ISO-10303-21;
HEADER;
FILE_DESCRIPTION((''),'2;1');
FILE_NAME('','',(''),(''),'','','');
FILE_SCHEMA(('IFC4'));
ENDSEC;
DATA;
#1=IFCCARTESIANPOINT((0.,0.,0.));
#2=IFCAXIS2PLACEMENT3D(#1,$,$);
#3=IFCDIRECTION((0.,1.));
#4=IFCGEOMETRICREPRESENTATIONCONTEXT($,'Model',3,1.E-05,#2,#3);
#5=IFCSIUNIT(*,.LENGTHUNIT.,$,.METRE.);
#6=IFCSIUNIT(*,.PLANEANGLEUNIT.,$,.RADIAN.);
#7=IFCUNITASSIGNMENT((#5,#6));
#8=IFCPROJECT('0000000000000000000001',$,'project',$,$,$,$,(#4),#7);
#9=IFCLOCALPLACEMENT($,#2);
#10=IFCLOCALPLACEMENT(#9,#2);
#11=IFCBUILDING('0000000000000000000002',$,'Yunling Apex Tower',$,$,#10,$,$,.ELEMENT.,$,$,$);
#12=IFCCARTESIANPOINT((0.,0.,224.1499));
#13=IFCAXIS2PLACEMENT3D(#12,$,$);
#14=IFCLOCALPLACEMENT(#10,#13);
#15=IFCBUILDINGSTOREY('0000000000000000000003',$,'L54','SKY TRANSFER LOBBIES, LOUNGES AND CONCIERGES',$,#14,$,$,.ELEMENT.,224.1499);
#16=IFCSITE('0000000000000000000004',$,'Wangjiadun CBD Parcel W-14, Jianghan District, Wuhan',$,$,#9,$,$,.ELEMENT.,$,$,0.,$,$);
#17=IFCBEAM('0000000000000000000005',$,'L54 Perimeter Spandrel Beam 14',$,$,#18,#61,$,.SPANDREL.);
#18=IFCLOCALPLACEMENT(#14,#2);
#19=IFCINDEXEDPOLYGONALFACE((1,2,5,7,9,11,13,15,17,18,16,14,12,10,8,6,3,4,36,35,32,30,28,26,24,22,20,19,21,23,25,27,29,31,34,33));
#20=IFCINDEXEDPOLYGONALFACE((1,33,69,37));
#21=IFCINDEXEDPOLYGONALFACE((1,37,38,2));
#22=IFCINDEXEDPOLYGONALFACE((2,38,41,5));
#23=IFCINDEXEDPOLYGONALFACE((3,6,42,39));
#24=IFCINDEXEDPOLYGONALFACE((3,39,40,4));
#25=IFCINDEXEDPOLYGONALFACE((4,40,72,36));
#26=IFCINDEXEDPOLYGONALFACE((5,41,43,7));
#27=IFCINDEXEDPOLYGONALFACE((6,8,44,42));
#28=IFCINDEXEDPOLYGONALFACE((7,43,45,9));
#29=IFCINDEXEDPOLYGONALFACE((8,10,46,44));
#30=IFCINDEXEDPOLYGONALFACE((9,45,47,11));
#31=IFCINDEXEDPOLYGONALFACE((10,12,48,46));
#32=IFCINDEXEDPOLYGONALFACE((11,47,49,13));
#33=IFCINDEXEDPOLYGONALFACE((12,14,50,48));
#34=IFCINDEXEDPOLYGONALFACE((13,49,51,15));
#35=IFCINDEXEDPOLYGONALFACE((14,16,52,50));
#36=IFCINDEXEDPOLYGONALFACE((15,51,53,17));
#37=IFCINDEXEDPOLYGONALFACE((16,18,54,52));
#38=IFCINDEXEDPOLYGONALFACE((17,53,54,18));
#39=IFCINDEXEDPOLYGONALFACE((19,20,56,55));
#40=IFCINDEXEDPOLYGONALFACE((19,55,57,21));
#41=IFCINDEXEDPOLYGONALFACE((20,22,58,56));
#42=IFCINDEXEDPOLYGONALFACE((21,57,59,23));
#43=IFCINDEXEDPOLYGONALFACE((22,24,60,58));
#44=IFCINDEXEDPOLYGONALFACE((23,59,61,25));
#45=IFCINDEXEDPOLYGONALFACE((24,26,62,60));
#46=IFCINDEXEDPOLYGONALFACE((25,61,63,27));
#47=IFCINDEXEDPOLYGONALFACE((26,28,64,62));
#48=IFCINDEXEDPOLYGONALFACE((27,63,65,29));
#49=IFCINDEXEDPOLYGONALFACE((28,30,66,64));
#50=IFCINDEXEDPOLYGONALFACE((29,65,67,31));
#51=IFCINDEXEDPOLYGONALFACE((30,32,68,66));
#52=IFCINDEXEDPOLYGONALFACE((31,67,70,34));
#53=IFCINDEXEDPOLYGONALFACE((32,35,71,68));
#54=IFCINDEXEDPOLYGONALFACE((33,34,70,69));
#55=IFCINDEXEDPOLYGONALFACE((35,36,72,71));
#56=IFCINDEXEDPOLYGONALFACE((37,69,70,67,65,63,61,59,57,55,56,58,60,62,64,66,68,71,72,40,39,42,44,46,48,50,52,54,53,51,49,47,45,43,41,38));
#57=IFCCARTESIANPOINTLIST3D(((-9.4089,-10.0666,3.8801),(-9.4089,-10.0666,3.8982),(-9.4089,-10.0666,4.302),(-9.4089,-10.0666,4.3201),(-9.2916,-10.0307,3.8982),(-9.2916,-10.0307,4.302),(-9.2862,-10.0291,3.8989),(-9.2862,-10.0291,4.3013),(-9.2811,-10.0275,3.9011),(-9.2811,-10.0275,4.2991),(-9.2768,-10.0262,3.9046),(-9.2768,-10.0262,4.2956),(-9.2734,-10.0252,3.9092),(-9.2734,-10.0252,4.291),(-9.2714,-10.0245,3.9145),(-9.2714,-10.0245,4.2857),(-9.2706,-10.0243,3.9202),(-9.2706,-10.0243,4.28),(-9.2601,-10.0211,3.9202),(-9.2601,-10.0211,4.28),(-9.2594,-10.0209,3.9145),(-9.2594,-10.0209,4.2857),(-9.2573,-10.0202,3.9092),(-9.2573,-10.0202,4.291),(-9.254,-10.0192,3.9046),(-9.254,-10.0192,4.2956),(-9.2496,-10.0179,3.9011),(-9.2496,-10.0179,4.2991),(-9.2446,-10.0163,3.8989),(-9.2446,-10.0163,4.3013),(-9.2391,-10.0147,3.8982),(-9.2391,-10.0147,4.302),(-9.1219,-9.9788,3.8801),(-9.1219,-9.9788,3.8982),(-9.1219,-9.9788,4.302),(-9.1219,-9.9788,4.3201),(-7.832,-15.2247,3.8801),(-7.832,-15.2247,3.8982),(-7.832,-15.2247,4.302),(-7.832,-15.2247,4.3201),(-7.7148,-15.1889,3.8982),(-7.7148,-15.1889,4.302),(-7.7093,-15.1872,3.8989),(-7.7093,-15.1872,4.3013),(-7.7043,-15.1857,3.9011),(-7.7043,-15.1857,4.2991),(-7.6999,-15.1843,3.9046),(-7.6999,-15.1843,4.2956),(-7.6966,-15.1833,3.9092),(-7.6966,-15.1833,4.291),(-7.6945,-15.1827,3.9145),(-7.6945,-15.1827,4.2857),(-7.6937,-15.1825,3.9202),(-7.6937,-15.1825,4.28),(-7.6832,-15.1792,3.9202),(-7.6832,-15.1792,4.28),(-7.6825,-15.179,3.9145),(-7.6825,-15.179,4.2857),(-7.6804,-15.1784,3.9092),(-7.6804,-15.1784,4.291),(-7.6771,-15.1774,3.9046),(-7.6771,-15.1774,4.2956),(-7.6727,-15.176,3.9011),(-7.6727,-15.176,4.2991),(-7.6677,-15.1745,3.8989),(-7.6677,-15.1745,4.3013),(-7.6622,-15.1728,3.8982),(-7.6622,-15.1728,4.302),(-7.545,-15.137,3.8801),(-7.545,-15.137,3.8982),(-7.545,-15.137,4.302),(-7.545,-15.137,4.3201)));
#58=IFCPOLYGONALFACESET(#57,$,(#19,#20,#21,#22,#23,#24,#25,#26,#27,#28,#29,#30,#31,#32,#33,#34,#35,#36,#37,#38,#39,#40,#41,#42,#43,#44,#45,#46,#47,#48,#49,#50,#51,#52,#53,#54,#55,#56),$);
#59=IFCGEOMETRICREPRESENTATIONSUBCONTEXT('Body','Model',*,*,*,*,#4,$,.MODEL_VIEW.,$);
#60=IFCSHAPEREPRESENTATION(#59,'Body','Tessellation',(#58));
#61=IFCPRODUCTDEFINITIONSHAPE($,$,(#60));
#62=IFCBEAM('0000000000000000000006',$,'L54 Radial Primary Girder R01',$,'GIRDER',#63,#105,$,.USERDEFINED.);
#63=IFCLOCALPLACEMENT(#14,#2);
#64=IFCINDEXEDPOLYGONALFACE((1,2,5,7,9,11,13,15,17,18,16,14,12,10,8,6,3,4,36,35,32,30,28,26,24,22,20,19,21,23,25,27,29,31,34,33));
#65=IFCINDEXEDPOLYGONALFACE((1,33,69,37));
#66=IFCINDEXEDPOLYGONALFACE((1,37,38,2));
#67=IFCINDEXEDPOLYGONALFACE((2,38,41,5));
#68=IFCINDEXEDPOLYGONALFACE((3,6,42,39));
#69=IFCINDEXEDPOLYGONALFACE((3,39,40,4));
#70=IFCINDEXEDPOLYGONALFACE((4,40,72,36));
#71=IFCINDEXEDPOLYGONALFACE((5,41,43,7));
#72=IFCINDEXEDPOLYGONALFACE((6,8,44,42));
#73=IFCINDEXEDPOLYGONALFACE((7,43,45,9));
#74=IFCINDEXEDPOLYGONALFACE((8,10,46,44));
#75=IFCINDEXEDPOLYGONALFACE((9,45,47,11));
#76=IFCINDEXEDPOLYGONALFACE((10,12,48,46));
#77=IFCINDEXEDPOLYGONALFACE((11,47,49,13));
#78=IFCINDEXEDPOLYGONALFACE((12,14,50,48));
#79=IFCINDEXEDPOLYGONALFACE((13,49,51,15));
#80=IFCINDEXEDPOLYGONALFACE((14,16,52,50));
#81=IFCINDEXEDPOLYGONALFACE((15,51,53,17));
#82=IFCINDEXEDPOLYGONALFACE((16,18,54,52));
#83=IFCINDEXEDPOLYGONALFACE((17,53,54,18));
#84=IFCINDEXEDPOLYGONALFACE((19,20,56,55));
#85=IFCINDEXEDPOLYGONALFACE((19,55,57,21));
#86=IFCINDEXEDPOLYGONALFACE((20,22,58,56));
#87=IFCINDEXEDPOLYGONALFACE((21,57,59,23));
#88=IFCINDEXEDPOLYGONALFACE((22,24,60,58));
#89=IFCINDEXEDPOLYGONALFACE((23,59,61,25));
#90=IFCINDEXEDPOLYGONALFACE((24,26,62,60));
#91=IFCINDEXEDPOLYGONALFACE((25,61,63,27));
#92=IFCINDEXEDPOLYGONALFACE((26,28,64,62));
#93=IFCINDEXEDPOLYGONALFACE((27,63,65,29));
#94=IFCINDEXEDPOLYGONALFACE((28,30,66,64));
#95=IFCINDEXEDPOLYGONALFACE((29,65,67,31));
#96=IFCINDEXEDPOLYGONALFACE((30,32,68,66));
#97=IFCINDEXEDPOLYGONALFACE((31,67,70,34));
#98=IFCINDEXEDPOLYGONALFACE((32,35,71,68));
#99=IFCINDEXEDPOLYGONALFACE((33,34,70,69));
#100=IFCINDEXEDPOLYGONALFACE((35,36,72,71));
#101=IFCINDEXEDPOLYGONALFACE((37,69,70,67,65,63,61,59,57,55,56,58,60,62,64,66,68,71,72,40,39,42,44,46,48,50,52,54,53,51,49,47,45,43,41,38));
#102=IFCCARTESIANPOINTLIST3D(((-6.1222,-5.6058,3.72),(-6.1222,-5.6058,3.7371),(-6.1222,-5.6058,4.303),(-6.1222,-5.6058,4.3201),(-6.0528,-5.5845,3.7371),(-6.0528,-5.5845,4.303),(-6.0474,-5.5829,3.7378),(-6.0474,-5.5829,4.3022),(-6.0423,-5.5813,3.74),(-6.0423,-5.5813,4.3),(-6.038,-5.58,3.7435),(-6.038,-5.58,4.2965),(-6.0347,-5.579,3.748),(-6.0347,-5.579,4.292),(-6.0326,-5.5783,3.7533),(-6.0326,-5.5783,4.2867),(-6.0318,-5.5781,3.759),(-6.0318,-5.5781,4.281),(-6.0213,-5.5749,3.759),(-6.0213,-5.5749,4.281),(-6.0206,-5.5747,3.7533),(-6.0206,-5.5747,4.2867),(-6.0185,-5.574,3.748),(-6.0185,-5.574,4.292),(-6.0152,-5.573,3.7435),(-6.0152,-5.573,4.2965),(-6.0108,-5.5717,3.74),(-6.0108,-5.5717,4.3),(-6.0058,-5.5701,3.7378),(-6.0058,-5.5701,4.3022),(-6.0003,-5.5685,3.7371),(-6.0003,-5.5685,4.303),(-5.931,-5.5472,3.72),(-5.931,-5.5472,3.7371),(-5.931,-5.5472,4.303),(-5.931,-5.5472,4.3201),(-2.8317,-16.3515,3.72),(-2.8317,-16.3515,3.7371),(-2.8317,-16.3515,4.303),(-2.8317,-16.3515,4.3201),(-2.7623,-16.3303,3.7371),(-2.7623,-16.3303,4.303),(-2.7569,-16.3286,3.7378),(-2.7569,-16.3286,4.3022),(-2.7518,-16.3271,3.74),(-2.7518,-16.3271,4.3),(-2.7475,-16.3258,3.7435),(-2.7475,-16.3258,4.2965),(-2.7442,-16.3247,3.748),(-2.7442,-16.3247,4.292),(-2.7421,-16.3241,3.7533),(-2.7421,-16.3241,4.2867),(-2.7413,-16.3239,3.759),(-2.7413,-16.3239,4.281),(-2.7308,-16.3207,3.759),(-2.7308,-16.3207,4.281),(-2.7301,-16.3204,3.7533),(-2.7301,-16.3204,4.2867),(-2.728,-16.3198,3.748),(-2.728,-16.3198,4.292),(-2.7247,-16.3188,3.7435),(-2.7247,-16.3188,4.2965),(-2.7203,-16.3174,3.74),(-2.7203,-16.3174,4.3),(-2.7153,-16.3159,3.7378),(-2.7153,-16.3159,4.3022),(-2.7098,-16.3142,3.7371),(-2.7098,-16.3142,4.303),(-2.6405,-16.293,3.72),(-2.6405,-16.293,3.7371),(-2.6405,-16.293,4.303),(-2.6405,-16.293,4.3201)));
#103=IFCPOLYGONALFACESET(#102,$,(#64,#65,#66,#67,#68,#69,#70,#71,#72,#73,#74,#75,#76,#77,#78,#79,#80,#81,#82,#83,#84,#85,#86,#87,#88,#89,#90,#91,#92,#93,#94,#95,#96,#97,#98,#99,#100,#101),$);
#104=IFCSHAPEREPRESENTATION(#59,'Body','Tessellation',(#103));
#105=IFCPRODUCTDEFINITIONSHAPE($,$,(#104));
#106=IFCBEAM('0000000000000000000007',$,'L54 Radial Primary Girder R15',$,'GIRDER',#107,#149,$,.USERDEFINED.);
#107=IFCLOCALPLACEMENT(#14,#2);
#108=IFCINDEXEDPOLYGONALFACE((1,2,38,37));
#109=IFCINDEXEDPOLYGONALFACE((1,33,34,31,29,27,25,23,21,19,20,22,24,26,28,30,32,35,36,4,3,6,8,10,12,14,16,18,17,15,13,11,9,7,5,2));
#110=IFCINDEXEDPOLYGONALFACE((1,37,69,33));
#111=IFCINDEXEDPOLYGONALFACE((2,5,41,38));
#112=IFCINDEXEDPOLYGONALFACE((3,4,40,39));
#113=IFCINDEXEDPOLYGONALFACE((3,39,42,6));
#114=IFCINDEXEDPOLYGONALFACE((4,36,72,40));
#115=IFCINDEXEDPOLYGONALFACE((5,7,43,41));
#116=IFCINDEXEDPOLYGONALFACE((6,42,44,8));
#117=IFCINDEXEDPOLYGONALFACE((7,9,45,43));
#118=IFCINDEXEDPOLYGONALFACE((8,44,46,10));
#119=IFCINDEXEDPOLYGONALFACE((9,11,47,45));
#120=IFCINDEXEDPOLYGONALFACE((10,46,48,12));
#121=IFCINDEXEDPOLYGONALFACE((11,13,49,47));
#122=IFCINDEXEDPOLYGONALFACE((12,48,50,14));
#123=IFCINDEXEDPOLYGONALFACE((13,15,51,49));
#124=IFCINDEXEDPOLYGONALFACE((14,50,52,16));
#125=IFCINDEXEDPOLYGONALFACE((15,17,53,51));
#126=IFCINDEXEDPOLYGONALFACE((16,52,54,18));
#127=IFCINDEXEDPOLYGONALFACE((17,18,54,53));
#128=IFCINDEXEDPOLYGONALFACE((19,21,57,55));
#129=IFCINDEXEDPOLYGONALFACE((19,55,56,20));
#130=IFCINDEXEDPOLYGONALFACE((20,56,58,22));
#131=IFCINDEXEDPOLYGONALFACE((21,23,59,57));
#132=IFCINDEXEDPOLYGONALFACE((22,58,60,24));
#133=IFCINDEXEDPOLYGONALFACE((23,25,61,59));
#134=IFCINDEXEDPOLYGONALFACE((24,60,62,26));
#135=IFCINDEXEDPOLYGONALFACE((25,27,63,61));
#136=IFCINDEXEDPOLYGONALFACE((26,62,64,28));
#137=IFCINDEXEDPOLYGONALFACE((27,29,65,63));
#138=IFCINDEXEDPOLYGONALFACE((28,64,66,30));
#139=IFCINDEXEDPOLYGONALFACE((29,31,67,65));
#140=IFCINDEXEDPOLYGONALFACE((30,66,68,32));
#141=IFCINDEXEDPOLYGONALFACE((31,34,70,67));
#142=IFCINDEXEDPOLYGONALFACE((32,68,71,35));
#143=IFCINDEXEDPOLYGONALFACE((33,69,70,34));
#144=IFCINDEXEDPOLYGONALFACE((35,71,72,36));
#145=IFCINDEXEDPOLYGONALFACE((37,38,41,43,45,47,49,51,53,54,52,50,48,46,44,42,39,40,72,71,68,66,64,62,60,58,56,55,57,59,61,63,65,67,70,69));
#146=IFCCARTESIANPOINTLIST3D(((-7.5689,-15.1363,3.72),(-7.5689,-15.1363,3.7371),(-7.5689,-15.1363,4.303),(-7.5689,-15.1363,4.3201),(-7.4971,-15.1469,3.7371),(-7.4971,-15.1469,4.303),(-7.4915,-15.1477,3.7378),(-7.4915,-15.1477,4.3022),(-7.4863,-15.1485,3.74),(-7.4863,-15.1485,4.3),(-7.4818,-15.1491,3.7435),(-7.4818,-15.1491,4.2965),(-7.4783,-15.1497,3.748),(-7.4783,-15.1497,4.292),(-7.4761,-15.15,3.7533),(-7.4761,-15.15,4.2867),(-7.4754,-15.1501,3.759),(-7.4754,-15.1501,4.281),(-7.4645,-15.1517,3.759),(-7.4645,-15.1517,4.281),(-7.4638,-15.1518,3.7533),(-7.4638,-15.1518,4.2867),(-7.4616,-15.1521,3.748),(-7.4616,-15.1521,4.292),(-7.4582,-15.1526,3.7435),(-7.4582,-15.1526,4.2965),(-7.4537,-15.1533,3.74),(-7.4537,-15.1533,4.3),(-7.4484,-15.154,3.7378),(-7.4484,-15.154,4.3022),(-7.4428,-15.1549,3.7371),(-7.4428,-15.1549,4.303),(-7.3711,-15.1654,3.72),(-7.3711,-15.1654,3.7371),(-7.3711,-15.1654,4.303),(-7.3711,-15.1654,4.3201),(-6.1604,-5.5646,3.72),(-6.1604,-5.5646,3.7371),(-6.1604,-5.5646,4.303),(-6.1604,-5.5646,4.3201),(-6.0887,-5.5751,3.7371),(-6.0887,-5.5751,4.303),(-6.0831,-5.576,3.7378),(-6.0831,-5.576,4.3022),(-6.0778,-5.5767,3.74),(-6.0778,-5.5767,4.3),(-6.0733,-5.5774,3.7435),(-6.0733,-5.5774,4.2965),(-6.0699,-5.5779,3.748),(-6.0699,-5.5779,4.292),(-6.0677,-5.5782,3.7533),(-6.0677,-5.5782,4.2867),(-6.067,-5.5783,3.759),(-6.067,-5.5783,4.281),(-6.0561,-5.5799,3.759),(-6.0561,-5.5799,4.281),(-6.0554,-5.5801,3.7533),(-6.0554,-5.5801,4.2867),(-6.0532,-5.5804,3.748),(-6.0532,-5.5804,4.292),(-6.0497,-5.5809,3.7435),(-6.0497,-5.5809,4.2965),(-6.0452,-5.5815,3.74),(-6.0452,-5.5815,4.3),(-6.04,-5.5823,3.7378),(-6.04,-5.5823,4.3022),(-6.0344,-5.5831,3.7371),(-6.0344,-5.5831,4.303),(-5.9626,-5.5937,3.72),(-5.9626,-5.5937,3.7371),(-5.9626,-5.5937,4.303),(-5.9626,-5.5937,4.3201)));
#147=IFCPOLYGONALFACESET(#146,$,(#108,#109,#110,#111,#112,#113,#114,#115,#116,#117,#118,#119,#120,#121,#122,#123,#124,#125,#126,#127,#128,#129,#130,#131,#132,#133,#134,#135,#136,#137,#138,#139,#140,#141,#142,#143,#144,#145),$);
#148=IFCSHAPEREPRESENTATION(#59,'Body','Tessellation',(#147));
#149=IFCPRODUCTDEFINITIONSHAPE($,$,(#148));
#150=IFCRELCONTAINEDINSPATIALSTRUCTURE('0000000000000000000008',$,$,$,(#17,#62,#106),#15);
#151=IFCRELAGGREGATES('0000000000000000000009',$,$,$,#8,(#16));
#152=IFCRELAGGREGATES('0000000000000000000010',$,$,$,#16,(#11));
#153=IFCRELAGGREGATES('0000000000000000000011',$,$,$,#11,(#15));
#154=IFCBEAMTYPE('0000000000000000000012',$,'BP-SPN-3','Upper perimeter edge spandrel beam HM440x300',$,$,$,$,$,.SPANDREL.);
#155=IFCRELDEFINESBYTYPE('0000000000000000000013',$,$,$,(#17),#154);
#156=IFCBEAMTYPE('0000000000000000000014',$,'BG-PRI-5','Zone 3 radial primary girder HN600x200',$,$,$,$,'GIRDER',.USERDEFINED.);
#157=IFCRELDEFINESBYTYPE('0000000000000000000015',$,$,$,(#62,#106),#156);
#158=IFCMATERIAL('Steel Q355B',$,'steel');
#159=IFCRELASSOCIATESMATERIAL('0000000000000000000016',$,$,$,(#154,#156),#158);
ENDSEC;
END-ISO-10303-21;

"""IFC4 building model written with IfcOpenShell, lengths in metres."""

from ifc_helpers import new_model, si_unit, direction, frame, origin, origin_2d, place, context, subcontext, project, spatial, i_section, extrude, source, transform, mapped, material, material_profile, profile_set, type_object, element, save


model = new_model("IFC4")

# Units and contexts
model_context = context("Model", 3, precision=1e-05, world=origin(), true_north=direction((0.0, 1.0)))
body_context = subcontext(model_context, "Body", "Model", "MODEL_VIEW")
ifc_project = project(units=[si_unit("LENGTHUNIT", "METRE"), si_unit("PLANEANGLEUNIT", "RADIAN")], contexts=[model_context])

# Site, building, storey
site_placement = place(None, origin())
site = spatial("IfcSite", under=ifc_project, at=site_placement, Name="Wangjiadun CBD Parcel W-14, Jianghan District, Wuhan", CompositionType="ELEMENT", RefElevation=0.0)
building_placement = place(site_placement, origin())
building = spatial("IfcBuilding", under=site, at=building_placement, Name="Yunling Apex Tower", CompositionType="ELEMENT")
storey_placement = place(building_placement, frame((0.0, 0.0, 224.1499)))
storey = spatial("IfcBuildingStorey", under=building, at=storey_placement, Name="L54", Description="SKY TRANSFER LOBBIES, LOUNGES AND CONCIERGES", CompositionType="ELEMENT", Elevation=224.1499)

# Beams
ifc_material_1 = material(Name="Steel Q355B", Category="steel")
ifc_material_profile_1 = material_profile(ifc_material_1, i_section(OverallWidth=0.3, OverallDepth=0.4399, WebThickness=0.011, FlangeThickness=0.0181, FilletRadius=0.022, at=origin_2d()))
ifc_profile_set_1 = profile_set([ifc_material_profile_1], Name="Steel Q355B")
beam_type_1 = type_object("IfcBeamType", Name="BP-SPN-3", Description="Upper perimeter edge spandrel beam HM440x300", PredefinedType="SPANDREL", material=ifc_profile_set_1)
shared_shape_1 = source(origin(), body_context, "Body", "SweptSolid", [
    extrude(i_section(OverallWidth=0.3, OverallDepth=0.4399, WebThickness=0.011, FlangeThickness=0.0181, FilletRadius=0.022, at=origin_2d()), origin(), (0.0, 0.0, 1.0), 5.3938),
])
beam_1_placement = place(storey_placement, frame((-9.2654, -10.0227, 4.1001), z_axis=(0.292352, -0.956311, 0.0), x_axis=(0.956311, 0.292352, 0.0)))
element("IfcBeam", 1, at=beam_1_placement, inside=storey, type_object=beam_type_1, Name="L54 Perimeter Spandrel Beam 14", PredefinedType="SPANDREL", context=body_context, shape_type="MappedRepresentation", body=[
    mapped(shared_shape_1, transform((0.0, 0.0, 0.0), scale=1.0)),
])
ifc_material_profile_2 = material_profile(ifc_material_1, i_section(OverallWidth=0.2, OverallDepth=0.6001, WebThickness=0.011, FlangeThickness=0.0171, FilletRadius=0.022, at=origin_2d()))
ifc_profile_set_2 = profile_set([ifc_material_profile_2], Name="Steel Q355B")
beam_type_2 = type_object("IfcBeamType", Name="BG-PRI-5", Description="Zone 3 radial primary girder HN600x200", ElementType="GIRDER", PredefinedType="USERDEFINED", material=ifc_profile_set_2)
shared_shape_2 = source(origin(), body_context, "Body", "SweptSolid", [
    extrude(i_section(OverallWidth=0.2, OverallDepth=0.6001, WebThickness=0.011, FlangeThickness=0.0171, FilletRadius=0.022, at=origin_2d()), origin(), (0.0, 0.0, 1.0), 11.2383),
])
beam_2_placement = place(storey_placement, frame((-2.7361, -16.3223, 4.02), z_axis=(-0.292794, 0.956176, 0.0), x_axis=(-0.956176, -0.292794, 0.0)))
element("IfcBeam", 2, at=beam_2_placement, inside=storey, type_object=beam_type_2, Name="L54 Radial Primary Girder R01", ObjectType="GIRDER", PredefinedType="USERDEFINED", context=body_context, shape_type="MappedRepresentation", body=[
    mapped(shared_shape_2, transform((0.0, 0.0, 0.0), scale=1.0)),
])
shared_shape_3 = source(origin(), body_context, "Body", "SweptSolid", [
    extrude(i_section(OverallWidth=0.2, OverallDepth=0.6001, WebThickness=0.011, FlangeThickness=0.0171, FilletRadius=0.022, at=origin_2d()), origin(), (0.0, 0.0, 1.0), 9.6748),
])
beam_3_placement = place(storey_placement, frame((-7.47, -15.1509, 4.02), z_axis=(0.145578, 0.989347, 0.0), x_axis=(-0.989347, 0.145578, 0.0)))
element("IfcBeam", 3, at=beam_3_placement, inside=storey, type_object=beam_type_2, Name="L54 Radial Primary Girder R15", ObjectType="GIRDER", PredefinedType="USERDEFINED", context=body_context, shape_type="MappedRepresentation", body=[
    mapped(shared_shape_3, transform((0.0, 0.0, 0.0), scale=1.0)),
])

save(model, "model.ifc")
